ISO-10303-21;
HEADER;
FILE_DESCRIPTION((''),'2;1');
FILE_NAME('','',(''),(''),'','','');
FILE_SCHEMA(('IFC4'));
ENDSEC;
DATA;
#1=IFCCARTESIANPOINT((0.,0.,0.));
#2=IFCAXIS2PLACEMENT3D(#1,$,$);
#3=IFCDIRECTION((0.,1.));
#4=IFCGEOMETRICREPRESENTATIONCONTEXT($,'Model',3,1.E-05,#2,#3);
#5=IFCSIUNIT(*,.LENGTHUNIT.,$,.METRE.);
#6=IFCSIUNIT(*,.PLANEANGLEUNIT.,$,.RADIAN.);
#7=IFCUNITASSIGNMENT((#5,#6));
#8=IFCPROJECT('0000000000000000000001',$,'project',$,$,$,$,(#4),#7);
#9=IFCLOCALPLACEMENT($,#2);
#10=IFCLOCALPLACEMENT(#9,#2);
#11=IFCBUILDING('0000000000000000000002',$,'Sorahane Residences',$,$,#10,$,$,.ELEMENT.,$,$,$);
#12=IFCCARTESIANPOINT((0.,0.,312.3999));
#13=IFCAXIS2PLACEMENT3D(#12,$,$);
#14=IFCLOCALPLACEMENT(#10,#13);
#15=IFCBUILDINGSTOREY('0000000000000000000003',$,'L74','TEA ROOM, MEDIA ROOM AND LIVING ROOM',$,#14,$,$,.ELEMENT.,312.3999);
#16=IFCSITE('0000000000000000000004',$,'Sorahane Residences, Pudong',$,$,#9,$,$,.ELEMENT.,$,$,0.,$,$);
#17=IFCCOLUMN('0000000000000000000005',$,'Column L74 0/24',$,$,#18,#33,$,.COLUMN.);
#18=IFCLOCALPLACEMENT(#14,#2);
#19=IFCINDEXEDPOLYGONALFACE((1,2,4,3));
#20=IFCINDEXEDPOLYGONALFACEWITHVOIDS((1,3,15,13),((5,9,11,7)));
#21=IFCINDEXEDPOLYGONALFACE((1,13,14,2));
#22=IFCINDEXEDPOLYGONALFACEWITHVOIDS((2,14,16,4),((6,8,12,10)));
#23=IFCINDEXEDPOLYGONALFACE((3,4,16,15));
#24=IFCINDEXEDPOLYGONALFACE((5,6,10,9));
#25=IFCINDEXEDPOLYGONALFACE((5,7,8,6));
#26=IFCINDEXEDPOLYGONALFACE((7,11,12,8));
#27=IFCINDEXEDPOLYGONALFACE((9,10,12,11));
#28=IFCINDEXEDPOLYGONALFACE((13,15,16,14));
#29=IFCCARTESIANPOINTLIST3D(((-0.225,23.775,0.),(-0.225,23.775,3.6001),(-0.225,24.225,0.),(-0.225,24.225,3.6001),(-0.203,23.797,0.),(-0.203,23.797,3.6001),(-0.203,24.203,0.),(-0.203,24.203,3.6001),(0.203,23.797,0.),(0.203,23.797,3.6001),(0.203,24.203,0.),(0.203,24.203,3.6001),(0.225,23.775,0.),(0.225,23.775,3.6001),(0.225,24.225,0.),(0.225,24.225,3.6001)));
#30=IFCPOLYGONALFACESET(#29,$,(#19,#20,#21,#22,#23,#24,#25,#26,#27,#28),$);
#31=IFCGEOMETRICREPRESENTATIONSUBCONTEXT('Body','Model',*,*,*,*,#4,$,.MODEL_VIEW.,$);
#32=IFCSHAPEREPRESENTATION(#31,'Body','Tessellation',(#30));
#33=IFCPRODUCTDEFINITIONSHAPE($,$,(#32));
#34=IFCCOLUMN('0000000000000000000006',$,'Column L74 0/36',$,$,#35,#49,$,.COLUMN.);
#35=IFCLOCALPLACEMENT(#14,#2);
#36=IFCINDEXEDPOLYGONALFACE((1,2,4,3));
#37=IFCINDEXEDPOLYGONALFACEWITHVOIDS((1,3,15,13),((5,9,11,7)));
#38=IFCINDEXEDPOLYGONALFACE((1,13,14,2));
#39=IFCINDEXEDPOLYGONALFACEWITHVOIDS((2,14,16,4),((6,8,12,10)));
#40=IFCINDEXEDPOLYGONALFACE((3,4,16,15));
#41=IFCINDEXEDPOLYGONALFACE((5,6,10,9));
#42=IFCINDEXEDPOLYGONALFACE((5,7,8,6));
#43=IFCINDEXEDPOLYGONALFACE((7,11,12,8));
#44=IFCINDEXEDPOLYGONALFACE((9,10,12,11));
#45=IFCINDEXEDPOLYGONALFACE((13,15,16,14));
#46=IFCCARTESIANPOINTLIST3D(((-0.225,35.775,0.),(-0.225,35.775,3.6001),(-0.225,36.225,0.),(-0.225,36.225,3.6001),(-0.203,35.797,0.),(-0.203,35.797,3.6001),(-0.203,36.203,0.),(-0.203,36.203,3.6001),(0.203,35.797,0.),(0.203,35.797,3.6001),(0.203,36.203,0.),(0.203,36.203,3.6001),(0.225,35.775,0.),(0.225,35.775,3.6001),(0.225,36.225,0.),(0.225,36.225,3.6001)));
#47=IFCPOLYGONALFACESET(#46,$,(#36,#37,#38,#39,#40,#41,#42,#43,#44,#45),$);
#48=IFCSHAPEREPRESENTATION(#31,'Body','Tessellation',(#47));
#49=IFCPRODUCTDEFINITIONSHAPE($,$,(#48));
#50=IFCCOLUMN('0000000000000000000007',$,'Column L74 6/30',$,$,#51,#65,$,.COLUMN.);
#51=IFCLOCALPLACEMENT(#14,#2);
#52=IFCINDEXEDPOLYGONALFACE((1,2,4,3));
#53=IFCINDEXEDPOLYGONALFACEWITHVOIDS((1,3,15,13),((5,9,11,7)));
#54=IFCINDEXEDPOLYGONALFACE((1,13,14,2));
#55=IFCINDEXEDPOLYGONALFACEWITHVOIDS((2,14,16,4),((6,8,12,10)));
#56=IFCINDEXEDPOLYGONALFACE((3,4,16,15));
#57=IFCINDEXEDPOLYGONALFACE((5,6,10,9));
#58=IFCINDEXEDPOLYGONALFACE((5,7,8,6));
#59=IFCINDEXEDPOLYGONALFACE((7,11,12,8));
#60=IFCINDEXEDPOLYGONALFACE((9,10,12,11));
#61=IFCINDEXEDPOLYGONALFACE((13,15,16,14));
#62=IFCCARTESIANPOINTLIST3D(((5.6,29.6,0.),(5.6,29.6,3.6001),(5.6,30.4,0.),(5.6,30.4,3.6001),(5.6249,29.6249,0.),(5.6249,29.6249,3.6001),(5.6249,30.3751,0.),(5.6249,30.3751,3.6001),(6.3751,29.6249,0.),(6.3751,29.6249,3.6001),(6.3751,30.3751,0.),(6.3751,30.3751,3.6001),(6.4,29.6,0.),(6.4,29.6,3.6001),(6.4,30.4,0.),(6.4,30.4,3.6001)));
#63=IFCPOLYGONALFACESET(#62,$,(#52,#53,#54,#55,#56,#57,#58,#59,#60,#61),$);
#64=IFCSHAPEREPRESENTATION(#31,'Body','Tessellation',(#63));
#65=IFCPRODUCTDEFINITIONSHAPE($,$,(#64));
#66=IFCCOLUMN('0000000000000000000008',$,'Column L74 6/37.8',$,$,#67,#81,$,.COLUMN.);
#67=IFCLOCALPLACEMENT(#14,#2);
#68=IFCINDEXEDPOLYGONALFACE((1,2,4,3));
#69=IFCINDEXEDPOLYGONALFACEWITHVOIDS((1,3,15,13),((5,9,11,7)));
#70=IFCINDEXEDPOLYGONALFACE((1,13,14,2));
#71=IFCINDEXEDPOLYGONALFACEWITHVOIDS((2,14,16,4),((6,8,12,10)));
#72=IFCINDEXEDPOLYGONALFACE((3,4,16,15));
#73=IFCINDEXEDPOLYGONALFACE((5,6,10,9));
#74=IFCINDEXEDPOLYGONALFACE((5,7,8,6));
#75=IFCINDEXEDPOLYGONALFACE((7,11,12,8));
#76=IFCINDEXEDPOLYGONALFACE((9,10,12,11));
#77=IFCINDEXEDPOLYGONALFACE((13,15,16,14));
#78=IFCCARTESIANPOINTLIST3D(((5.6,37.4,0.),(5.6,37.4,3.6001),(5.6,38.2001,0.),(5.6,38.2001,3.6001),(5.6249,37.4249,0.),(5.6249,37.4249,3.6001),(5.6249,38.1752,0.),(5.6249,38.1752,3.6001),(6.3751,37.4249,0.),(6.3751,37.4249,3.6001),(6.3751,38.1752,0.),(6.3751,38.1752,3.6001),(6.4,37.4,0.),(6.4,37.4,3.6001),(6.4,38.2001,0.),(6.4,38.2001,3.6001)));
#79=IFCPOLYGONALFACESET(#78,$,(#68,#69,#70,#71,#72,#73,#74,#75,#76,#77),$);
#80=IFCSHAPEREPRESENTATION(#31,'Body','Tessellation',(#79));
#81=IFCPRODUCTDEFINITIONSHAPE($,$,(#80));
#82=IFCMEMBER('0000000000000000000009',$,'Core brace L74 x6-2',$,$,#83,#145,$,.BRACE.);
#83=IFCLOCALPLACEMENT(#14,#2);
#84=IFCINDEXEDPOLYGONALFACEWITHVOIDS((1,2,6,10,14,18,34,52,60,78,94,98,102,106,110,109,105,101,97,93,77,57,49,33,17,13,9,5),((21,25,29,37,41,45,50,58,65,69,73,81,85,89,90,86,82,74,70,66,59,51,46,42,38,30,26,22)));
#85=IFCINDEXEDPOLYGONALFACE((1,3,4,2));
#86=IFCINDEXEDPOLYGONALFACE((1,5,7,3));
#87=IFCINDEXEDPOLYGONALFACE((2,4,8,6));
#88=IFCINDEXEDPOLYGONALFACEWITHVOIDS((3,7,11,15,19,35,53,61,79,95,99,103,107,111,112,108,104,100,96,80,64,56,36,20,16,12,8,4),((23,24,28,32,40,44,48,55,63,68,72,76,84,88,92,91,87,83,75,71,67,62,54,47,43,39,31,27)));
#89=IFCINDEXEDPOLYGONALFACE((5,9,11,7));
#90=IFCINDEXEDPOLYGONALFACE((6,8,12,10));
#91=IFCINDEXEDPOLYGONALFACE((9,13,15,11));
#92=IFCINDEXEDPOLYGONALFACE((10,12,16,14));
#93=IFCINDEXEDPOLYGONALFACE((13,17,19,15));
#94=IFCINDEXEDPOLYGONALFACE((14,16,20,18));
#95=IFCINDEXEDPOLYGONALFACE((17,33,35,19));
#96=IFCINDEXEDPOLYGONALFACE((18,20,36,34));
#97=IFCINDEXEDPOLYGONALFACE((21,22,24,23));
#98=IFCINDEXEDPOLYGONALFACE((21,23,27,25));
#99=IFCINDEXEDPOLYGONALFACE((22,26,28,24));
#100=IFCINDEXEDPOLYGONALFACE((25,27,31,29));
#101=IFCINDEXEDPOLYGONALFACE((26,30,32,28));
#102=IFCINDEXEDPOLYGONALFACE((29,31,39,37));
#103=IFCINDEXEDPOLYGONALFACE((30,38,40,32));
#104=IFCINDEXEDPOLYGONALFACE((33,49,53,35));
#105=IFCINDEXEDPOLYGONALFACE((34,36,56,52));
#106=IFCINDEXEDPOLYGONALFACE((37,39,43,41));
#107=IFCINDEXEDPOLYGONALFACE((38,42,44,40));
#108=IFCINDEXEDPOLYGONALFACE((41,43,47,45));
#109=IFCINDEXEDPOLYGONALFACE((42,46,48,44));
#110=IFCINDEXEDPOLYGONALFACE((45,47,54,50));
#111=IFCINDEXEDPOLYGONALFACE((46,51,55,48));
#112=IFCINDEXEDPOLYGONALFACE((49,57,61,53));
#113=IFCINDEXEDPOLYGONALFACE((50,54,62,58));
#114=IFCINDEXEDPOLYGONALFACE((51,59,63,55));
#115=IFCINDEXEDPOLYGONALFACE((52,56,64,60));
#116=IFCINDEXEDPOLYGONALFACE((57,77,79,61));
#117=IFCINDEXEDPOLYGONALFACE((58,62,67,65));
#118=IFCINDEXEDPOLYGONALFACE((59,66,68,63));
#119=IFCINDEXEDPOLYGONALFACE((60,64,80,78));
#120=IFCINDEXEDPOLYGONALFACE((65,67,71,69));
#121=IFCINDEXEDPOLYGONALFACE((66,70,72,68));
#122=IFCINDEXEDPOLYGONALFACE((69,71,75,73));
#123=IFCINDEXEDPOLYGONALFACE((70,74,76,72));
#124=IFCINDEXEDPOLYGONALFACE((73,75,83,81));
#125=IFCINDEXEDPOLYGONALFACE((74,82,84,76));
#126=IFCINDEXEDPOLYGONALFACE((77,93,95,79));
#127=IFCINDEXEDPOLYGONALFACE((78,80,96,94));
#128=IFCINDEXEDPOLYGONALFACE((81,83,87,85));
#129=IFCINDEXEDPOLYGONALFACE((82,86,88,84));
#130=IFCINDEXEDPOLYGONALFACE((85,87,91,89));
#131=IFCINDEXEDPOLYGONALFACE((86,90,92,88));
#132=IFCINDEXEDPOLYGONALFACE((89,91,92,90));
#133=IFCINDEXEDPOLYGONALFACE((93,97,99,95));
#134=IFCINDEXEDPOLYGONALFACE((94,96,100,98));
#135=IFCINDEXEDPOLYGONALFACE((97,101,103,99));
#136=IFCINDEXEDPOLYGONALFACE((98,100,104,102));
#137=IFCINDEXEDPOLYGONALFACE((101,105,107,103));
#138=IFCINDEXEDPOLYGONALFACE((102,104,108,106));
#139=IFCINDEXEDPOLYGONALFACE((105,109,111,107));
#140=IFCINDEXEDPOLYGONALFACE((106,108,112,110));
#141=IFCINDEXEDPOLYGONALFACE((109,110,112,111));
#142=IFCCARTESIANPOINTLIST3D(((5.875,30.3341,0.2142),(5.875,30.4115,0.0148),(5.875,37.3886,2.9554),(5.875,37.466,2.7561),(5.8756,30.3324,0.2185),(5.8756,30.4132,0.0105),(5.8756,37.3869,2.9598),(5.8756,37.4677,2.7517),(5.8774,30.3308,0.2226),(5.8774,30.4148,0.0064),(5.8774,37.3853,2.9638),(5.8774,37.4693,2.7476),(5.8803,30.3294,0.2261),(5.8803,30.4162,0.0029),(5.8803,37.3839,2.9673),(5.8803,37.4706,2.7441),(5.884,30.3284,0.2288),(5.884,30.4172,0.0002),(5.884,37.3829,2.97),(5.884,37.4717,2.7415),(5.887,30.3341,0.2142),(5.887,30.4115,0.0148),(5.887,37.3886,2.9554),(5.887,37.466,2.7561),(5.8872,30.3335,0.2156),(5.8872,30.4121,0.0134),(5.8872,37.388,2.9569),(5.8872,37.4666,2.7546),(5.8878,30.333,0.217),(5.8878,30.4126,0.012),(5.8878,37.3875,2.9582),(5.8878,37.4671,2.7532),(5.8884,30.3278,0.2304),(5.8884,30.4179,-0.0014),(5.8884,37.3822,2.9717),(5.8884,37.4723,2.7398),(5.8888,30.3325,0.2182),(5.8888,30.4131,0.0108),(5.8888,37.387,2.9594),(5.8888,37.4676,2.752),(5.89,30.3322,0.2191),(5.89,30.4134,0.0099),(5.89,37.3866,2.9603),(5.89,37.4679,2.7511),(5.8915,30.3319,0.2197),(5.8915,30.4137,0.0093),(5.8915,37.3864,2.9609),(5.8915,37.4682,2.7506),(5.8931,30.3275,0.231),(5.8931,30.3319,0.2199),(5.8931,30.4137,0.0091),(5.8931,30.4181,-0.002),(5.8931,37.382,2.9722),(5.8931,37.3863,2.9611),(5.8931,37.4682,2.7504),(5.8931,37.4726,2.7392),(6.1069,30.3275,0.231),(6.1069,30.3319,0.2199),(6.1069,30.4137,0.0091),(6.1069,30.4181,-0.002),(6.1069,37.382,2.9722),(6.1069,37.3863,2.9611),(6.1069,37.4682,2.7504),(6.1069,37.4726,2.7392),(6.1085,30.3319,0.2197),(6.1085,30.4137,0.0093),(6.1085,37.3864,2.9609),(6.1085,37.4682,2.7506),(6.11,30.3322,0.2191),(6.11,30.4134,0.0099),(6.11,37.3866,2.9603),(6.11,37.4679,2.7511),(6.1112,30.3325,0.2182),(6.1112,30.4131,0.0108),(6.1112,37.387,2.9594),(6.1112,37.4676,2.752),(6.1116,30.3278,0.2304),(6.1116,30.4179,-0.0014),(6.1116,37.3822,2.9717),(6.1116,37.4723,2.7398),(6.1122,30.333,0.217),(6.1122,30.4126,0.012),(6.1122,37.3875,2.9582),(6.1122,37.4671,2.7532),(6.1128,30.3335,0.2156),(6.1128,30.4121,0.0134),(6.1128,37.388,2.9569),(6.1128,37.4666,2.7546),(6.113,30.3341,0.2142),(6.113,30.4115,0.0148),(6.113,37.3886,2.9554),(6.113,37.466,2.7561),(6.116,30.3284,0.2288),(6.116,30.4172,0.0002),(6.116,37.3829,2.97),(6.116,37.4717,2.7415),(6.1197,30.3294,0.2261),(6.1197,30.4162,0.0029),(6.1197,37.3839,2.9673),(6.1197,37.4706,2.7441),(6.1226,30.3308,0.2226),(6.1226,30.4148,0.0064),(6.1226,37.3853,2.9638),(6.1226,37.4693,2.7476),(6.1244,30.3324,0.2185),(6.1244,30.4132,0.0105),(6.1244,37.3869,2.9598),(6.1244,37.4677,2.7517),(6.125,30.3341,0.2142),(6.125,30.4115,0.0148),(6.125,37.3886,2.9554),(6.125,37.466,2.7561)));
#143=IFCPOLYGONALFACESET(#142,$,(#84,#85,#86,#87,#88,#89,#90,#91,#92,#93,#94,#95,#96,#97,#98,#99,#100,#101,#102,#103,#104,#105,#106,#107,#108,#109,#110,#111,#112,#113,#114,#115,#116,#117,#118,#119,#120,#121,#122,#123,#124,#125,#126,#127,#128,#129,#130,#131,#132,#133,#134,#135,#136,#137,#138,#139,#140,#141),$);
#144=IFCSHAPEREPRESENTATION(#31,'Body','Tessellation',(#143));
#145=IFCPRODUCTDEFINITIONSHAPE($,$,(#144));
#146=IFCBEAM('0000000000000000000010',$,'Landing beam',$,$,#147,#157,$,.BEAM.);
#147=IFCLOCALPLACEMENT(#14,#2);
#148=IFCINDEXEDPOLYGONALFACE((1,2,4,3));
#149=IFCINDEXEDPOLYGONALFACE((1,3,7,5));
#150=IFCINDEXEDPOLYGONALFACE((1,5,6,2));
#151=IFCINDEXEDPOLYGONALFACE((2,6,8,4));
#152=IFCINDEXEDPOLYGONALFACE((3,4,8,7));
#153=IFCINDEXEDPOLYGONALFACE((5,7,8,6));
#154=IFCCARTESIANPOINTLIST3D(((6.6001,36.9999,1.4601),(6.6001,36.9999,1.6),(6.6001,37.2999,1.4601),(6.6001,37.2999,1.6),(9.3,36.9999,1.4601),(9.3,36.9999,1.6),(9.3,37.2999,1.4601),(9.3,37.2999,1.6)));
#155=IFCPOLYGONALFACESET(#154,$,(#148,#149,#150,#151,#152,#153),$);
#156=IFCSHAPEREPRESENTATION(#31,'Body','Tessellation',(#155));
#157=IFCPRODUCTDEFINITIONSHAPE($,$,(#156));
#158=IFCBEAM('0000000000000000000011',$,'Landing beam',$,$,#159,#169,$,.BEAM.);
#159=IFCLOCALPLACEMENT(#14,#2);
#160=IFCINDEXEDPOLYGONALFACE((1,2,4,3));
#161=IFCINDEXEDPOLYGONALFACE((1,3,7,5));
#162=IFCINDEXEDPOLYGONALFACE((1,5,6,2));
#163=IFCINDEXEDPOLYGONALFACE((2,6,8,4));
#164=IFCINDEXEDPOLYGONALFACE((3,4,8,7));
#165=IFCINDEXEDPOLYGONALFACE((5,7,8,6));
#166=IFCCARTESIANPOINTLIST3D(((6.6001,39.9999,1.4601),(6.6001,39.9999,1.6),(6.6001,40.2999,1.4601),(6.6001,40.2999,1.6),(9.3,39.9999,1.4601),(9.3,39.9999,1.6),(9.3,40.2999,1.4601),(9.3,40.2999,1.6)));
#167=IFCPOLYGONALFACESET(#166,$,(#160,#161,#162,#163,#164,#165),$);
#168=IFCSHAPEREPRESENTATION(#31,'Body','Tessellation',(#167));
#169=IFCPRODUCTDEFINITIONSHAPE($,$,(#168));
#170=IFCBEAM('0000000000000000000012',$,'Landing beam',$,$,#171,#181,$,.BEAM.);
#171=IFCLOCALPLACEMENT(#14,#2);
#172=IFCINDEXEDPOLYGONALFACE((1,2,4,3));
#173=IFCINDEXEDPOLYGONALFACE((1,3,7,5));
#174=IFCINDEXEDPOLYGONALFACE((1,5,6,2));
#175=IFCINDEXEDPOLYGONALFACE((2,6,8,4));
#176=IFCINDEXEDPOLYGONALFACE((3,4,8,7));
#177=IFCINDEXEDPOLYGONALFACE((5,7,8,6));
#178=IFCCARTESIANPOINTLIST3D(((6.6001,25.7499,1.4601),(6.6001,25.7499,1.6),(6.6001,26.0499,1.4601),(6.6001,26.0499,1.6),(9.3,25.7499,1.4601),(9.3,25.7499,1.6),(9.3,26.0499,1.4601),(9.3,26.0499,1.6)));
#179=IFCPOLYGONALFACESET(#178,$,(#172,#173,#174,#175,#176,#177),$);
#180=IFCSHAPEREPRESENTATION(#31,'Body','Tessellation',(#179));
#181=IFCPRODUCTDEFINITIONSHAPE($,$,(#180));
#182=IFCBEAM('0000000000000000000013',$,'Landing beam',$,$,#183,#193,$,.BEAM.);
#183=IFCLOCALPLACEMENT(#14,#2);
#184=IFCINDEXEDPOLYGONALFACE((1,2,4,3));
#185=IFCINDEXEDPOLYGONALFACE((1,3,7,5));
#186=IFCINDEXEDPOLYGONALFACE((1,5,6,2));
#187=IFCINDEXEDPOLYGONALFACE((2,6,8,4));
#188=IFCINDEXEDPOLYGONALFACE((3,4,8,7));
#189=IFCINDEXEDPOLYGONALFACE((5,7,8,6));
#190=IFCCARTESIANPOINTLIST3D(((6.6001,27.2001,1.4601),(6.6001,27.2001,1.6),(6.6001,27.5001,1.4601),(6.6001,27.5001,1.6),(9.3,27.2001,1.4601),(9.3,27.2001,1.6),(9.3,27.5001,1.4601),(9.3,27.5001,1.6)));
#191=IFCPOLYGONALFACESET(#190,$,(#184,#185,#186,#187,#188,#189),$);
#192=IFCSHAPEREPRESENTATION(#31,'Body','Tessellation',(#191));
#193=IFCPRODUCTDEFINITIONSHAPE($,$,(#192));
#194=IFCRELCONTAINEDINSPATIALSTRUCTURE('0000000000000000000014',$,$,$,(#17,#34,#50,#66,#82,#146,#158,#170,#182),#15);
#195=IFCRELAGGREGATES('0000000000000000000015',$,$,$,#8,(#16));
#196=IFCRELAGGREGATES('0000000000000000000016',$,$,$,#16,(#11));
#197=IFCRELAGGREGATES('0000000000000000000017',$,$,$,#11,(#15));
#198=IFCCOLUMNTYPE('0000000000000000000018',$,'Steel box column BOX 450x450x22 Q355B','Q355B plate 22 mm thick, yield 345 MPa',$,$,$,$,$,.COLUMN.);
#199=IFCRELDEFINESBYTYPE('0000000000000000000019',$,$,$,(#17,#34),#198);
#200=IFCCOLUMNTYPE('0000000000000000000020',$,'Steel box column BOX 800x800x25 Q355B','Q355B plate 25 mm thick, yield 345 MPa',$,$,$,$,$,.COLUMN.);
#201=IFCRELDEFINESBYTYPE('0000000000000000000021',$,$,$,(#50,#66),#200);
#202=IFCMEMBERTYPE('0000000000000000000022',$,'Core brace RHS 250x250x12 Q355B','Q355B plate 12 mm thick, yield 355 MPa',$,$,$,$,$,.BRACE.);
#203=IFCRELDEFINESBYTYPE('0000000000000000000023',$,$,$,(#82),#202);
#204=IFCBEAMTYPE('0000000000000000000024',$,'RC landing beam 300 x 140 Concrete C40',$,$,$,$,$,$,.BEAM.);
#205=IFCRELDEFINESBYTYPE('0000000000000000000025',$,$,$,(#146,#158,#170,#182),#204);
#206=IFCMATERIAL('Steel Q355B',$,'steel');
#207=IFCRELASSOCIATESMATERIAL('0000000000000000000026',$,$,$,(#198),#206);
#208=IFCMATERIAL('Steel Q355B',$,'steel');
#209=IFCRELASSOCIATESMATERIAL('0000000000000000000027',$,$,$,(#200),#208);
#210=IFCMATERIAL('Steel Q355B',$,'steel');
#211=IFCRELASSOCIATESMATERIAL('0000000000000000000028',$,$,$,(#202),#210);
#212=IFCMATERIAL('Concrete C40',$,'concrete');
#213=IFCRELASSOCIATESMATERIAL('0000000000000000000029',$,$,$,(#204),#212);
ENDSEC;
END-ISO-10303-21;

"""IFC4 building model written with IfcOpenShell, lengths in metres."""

from ifc_helpers import new_model, si_unit, direction, frame, origin, origin_2d, place, context, subcontext, project, spatial, rectangle, hollow_rectangle, extrude, material, material_profile, profile_set, type_object, element, save


model = new_model("IFC4")

# Units and contexts
model_context = context("Model", 3, precision=1e-05, world=origin(), true_north=direction((0.0, 1.0)))
body_context = subcontext(model_context, "Body", "Model", "MODEL_VIEW")
ifc_project = project(units=[si_unit("LENGTHUNIT", "METRE"), si_unit("PLANEANGLEUNIT", "RADIAN")], contexts=[model_context])

# Site, building, storey
site_placement = place(None, origin())
site = spatial("IfcSite", under=ifc_project, at=site_placement, Name="Sorahane Residences, Pudong", CompositionType="ELEMENT", RefElevation=0.0)
building_placement = place(site_placement, origin())
building = spatial("IfcBuilding", under=site, at=building_placement, Name="Sorahane Residences", CompositionType="ELEMENT")
storey_placement = place(building_placement, frame((0.0, 0.0, 312.3999)))
storey = spatial("IfcBuildingStorey", under=building, at=storey_placement, Name="L74", Description="TEA ROOM, MEDIA ROOM AND LIVING ROOM", CompositionType="ELEMENT", Elevation=312.3999)

# Columns
ifc_material_1 = material(Name="Steel Q355B", Category="steel")
ifc_material_profile_1 = material_profile(ifc_material_1, hollow_rectangle(XDim=0.45, YDim=0.45, WallThickness=0.022, at=origin_2d()), Name="BOX 450x450x22")
ifc_profile_set_1 = profile_set([ifc_material_profile_1], Name="Steel Q355B")
column_type_1 = type_object("IfcColumnType", Name="Steel box column BOX 450x450x22 Q355B", Description="Q355B plate 22 mm thick, yield 345 MPa", PredefinedType="COLUMN", material=ifc_profile_set_1)
for number, where, z_axis, x_axis, name in (
    (1, (0.0, 24.0, 0.0), (0.0, 0.0, 1.0), (1.0, 0.0, 0.0), "Column L74 0/24"),
    (2, (0.0, 36.0, 0.0), (0.0, 0.0, 1.0), (1.0, 0.0, 0.0), "Column L74 0/36"),
):
    element("IfcColumn", number, at=place(storey_placement, frame(where, z_axis=z_axis, x_axis=x_axis)), inside=storey, type_object=column_type_1, Name=name, PredefinedType="COLUMN", context=body_context, shape_type="SweptSolid", body=[
        extrude(hollow_rectangle(XDim=0.45, YDim=0.45, WallThickness=0.022, at=origin_2d()), origin(), (0.0, 0.0, 1.0), 3.6001),
    ])
ifc_material_2 = material(Name="Steel Q355B", Category="steel")
ifc_material_profile_2 = material_profile(ifc_material_2, hollow_rectangle(XDim=0.8, YDim=0.8, WallThickness=0.0249, at=origin_2d()), Name="BOX 800x800x25")
ifc_profile_set_2 = profile_set([ifc_material_profile_2], Name="Steel Q355B")
column_type_2 = type_object("IfcColumnType", Name="Steel box column BOX 800x800x25 Q355B", Description="Q355B plate 25 mm thick, yield 345 MPa", PredefinedType="COLUMN", material=ifc_profile_set_2)
for number, where, z_axis, x_axis, name in (
    (3, (6.0, 30.0, 0.0), (0.0, 0.0, 1.0), (1.0, 0.0, 0.0), "Column L74 6/30"),
    (4, (6.0, 37.8, 0.0), (0.0, 0.0, 1.0), (1.0, 0.0, 0.0), "Column L74 6/37.8"),
):
    element("IfcColumn", number, at=place(storey_placement, frame(where, z_axis=z_axis, x_axis=x_axis)), inside=storey, type_object=column_type_2, Name=name, PredefinedType="COLUMN", context=body_context, shape_type="SweptSolid", body=[
        extrude(hollow_rectangle(XDim=0.8, YDim=0.8, WallThickness=0.0249, at=origin_2d()), origin(), (0.0, 0.0, 1.0), 3.6001),
    ])

# Member
ifc_material_3 = material(Name="Steel Q355B", Category="steel")
ifc_material_profile_3 = material_profile(ifc_material_3, hollow_rectangle(XDim=0.25, YDim=0.25, WallThickness=0.012, InnerFilletRadius=0.0061, OuterFilletRadius=0.0181, at=origin_2d()), Name="RHS 250x250x12")
ifc_profile_set_3 = profile_set([ifc_material_profile_3], Name="Steel Q355B")
member_type = type_object("IfcMemberType", Name="Core brace RHS 250x250x12 Q355B", Description="Q355B plate 12 mm thick, yield 355 MPa", PredefinedType="BRACE", material=ifc_profile_set_3)
member_placement = place(storey_placement, frame((6.0, 30.3728, 0.1145), z_axis=(0.0, 0.932102, 0.362196), x_axis=(-1.0, 0.0, 0.0)))
element("IfcMember", 5, at=member_placement, inside=storey, type_object=member_type, Name="Core brace L74 x6-2", PredefinedType="BRACE", context=body_context, shape_type="SweptSolid", body=[
    extrude(hollow_rectangle(XDim=0.25, YDim=0.25, WallThickness=0.012, InnerFilletRadius=0.0061, OuterFilletRadius=0.0181, at=origin_2d()), origin(), (0.0, 0.0, 1.0), 7.5684),
])

# Beams
ifc_material_4 = material(Name="Concrete C40", Category="concrete")
ifc_material_profile_4 = material_profile(ifc_material_4, rectangle(XDim=0.3, YDim=0.1399, at=origin_2d()), Name="300x140")
ifc_profile_set_4 = profile_set([ifc_material_profile_4], Name="Concrete C40")
beam_type_1 = type_object("IfcBeamType", Name="RC landing beam 300 x 140 Concrete C40", PredefinedType="BEAM", material=ifc_profile_set_4)
for number, where, z_axis, x_axis, name in (
    (6, (6.6001, 37.1499, 1.53), (1.0, 0.0, 0.0), (0.0, 1.0, 0.0), "Landing beam"),
    (7, (6.6001, 40.1499, 1.53), (1.0, 0.0, 0.0), (0.0, 1.0, 0.0), "Landing beam"),
    (8, (6.6001, 25.8999, 1.53), (1.0, 0.0, 0.0), (0.0, 1.0, 0.0), "Landing beam"),
    (9, (6.6001, 27.3501, 1.53), (1.0, 0.0, 0.0), (0.0, 1.0, 0.0), "Landing beam"),
):
    element("IfcBeam", number, at=place(storey_placement, frame(where, z_axis=z_axis, x_axis=x_axis)), inside=storey, type_object=beam_type_1, Name=name, PredefinedType="BEAM", context=body_context, shape_type="SweptSolid", body=[
        extrude(rectangle(XDim=0.3, YDim=0.1399, at=origin_2d()), origin(), (0.0, 0.0, 1.0), 2.7),
    ])

save(model, "model.ifc")
